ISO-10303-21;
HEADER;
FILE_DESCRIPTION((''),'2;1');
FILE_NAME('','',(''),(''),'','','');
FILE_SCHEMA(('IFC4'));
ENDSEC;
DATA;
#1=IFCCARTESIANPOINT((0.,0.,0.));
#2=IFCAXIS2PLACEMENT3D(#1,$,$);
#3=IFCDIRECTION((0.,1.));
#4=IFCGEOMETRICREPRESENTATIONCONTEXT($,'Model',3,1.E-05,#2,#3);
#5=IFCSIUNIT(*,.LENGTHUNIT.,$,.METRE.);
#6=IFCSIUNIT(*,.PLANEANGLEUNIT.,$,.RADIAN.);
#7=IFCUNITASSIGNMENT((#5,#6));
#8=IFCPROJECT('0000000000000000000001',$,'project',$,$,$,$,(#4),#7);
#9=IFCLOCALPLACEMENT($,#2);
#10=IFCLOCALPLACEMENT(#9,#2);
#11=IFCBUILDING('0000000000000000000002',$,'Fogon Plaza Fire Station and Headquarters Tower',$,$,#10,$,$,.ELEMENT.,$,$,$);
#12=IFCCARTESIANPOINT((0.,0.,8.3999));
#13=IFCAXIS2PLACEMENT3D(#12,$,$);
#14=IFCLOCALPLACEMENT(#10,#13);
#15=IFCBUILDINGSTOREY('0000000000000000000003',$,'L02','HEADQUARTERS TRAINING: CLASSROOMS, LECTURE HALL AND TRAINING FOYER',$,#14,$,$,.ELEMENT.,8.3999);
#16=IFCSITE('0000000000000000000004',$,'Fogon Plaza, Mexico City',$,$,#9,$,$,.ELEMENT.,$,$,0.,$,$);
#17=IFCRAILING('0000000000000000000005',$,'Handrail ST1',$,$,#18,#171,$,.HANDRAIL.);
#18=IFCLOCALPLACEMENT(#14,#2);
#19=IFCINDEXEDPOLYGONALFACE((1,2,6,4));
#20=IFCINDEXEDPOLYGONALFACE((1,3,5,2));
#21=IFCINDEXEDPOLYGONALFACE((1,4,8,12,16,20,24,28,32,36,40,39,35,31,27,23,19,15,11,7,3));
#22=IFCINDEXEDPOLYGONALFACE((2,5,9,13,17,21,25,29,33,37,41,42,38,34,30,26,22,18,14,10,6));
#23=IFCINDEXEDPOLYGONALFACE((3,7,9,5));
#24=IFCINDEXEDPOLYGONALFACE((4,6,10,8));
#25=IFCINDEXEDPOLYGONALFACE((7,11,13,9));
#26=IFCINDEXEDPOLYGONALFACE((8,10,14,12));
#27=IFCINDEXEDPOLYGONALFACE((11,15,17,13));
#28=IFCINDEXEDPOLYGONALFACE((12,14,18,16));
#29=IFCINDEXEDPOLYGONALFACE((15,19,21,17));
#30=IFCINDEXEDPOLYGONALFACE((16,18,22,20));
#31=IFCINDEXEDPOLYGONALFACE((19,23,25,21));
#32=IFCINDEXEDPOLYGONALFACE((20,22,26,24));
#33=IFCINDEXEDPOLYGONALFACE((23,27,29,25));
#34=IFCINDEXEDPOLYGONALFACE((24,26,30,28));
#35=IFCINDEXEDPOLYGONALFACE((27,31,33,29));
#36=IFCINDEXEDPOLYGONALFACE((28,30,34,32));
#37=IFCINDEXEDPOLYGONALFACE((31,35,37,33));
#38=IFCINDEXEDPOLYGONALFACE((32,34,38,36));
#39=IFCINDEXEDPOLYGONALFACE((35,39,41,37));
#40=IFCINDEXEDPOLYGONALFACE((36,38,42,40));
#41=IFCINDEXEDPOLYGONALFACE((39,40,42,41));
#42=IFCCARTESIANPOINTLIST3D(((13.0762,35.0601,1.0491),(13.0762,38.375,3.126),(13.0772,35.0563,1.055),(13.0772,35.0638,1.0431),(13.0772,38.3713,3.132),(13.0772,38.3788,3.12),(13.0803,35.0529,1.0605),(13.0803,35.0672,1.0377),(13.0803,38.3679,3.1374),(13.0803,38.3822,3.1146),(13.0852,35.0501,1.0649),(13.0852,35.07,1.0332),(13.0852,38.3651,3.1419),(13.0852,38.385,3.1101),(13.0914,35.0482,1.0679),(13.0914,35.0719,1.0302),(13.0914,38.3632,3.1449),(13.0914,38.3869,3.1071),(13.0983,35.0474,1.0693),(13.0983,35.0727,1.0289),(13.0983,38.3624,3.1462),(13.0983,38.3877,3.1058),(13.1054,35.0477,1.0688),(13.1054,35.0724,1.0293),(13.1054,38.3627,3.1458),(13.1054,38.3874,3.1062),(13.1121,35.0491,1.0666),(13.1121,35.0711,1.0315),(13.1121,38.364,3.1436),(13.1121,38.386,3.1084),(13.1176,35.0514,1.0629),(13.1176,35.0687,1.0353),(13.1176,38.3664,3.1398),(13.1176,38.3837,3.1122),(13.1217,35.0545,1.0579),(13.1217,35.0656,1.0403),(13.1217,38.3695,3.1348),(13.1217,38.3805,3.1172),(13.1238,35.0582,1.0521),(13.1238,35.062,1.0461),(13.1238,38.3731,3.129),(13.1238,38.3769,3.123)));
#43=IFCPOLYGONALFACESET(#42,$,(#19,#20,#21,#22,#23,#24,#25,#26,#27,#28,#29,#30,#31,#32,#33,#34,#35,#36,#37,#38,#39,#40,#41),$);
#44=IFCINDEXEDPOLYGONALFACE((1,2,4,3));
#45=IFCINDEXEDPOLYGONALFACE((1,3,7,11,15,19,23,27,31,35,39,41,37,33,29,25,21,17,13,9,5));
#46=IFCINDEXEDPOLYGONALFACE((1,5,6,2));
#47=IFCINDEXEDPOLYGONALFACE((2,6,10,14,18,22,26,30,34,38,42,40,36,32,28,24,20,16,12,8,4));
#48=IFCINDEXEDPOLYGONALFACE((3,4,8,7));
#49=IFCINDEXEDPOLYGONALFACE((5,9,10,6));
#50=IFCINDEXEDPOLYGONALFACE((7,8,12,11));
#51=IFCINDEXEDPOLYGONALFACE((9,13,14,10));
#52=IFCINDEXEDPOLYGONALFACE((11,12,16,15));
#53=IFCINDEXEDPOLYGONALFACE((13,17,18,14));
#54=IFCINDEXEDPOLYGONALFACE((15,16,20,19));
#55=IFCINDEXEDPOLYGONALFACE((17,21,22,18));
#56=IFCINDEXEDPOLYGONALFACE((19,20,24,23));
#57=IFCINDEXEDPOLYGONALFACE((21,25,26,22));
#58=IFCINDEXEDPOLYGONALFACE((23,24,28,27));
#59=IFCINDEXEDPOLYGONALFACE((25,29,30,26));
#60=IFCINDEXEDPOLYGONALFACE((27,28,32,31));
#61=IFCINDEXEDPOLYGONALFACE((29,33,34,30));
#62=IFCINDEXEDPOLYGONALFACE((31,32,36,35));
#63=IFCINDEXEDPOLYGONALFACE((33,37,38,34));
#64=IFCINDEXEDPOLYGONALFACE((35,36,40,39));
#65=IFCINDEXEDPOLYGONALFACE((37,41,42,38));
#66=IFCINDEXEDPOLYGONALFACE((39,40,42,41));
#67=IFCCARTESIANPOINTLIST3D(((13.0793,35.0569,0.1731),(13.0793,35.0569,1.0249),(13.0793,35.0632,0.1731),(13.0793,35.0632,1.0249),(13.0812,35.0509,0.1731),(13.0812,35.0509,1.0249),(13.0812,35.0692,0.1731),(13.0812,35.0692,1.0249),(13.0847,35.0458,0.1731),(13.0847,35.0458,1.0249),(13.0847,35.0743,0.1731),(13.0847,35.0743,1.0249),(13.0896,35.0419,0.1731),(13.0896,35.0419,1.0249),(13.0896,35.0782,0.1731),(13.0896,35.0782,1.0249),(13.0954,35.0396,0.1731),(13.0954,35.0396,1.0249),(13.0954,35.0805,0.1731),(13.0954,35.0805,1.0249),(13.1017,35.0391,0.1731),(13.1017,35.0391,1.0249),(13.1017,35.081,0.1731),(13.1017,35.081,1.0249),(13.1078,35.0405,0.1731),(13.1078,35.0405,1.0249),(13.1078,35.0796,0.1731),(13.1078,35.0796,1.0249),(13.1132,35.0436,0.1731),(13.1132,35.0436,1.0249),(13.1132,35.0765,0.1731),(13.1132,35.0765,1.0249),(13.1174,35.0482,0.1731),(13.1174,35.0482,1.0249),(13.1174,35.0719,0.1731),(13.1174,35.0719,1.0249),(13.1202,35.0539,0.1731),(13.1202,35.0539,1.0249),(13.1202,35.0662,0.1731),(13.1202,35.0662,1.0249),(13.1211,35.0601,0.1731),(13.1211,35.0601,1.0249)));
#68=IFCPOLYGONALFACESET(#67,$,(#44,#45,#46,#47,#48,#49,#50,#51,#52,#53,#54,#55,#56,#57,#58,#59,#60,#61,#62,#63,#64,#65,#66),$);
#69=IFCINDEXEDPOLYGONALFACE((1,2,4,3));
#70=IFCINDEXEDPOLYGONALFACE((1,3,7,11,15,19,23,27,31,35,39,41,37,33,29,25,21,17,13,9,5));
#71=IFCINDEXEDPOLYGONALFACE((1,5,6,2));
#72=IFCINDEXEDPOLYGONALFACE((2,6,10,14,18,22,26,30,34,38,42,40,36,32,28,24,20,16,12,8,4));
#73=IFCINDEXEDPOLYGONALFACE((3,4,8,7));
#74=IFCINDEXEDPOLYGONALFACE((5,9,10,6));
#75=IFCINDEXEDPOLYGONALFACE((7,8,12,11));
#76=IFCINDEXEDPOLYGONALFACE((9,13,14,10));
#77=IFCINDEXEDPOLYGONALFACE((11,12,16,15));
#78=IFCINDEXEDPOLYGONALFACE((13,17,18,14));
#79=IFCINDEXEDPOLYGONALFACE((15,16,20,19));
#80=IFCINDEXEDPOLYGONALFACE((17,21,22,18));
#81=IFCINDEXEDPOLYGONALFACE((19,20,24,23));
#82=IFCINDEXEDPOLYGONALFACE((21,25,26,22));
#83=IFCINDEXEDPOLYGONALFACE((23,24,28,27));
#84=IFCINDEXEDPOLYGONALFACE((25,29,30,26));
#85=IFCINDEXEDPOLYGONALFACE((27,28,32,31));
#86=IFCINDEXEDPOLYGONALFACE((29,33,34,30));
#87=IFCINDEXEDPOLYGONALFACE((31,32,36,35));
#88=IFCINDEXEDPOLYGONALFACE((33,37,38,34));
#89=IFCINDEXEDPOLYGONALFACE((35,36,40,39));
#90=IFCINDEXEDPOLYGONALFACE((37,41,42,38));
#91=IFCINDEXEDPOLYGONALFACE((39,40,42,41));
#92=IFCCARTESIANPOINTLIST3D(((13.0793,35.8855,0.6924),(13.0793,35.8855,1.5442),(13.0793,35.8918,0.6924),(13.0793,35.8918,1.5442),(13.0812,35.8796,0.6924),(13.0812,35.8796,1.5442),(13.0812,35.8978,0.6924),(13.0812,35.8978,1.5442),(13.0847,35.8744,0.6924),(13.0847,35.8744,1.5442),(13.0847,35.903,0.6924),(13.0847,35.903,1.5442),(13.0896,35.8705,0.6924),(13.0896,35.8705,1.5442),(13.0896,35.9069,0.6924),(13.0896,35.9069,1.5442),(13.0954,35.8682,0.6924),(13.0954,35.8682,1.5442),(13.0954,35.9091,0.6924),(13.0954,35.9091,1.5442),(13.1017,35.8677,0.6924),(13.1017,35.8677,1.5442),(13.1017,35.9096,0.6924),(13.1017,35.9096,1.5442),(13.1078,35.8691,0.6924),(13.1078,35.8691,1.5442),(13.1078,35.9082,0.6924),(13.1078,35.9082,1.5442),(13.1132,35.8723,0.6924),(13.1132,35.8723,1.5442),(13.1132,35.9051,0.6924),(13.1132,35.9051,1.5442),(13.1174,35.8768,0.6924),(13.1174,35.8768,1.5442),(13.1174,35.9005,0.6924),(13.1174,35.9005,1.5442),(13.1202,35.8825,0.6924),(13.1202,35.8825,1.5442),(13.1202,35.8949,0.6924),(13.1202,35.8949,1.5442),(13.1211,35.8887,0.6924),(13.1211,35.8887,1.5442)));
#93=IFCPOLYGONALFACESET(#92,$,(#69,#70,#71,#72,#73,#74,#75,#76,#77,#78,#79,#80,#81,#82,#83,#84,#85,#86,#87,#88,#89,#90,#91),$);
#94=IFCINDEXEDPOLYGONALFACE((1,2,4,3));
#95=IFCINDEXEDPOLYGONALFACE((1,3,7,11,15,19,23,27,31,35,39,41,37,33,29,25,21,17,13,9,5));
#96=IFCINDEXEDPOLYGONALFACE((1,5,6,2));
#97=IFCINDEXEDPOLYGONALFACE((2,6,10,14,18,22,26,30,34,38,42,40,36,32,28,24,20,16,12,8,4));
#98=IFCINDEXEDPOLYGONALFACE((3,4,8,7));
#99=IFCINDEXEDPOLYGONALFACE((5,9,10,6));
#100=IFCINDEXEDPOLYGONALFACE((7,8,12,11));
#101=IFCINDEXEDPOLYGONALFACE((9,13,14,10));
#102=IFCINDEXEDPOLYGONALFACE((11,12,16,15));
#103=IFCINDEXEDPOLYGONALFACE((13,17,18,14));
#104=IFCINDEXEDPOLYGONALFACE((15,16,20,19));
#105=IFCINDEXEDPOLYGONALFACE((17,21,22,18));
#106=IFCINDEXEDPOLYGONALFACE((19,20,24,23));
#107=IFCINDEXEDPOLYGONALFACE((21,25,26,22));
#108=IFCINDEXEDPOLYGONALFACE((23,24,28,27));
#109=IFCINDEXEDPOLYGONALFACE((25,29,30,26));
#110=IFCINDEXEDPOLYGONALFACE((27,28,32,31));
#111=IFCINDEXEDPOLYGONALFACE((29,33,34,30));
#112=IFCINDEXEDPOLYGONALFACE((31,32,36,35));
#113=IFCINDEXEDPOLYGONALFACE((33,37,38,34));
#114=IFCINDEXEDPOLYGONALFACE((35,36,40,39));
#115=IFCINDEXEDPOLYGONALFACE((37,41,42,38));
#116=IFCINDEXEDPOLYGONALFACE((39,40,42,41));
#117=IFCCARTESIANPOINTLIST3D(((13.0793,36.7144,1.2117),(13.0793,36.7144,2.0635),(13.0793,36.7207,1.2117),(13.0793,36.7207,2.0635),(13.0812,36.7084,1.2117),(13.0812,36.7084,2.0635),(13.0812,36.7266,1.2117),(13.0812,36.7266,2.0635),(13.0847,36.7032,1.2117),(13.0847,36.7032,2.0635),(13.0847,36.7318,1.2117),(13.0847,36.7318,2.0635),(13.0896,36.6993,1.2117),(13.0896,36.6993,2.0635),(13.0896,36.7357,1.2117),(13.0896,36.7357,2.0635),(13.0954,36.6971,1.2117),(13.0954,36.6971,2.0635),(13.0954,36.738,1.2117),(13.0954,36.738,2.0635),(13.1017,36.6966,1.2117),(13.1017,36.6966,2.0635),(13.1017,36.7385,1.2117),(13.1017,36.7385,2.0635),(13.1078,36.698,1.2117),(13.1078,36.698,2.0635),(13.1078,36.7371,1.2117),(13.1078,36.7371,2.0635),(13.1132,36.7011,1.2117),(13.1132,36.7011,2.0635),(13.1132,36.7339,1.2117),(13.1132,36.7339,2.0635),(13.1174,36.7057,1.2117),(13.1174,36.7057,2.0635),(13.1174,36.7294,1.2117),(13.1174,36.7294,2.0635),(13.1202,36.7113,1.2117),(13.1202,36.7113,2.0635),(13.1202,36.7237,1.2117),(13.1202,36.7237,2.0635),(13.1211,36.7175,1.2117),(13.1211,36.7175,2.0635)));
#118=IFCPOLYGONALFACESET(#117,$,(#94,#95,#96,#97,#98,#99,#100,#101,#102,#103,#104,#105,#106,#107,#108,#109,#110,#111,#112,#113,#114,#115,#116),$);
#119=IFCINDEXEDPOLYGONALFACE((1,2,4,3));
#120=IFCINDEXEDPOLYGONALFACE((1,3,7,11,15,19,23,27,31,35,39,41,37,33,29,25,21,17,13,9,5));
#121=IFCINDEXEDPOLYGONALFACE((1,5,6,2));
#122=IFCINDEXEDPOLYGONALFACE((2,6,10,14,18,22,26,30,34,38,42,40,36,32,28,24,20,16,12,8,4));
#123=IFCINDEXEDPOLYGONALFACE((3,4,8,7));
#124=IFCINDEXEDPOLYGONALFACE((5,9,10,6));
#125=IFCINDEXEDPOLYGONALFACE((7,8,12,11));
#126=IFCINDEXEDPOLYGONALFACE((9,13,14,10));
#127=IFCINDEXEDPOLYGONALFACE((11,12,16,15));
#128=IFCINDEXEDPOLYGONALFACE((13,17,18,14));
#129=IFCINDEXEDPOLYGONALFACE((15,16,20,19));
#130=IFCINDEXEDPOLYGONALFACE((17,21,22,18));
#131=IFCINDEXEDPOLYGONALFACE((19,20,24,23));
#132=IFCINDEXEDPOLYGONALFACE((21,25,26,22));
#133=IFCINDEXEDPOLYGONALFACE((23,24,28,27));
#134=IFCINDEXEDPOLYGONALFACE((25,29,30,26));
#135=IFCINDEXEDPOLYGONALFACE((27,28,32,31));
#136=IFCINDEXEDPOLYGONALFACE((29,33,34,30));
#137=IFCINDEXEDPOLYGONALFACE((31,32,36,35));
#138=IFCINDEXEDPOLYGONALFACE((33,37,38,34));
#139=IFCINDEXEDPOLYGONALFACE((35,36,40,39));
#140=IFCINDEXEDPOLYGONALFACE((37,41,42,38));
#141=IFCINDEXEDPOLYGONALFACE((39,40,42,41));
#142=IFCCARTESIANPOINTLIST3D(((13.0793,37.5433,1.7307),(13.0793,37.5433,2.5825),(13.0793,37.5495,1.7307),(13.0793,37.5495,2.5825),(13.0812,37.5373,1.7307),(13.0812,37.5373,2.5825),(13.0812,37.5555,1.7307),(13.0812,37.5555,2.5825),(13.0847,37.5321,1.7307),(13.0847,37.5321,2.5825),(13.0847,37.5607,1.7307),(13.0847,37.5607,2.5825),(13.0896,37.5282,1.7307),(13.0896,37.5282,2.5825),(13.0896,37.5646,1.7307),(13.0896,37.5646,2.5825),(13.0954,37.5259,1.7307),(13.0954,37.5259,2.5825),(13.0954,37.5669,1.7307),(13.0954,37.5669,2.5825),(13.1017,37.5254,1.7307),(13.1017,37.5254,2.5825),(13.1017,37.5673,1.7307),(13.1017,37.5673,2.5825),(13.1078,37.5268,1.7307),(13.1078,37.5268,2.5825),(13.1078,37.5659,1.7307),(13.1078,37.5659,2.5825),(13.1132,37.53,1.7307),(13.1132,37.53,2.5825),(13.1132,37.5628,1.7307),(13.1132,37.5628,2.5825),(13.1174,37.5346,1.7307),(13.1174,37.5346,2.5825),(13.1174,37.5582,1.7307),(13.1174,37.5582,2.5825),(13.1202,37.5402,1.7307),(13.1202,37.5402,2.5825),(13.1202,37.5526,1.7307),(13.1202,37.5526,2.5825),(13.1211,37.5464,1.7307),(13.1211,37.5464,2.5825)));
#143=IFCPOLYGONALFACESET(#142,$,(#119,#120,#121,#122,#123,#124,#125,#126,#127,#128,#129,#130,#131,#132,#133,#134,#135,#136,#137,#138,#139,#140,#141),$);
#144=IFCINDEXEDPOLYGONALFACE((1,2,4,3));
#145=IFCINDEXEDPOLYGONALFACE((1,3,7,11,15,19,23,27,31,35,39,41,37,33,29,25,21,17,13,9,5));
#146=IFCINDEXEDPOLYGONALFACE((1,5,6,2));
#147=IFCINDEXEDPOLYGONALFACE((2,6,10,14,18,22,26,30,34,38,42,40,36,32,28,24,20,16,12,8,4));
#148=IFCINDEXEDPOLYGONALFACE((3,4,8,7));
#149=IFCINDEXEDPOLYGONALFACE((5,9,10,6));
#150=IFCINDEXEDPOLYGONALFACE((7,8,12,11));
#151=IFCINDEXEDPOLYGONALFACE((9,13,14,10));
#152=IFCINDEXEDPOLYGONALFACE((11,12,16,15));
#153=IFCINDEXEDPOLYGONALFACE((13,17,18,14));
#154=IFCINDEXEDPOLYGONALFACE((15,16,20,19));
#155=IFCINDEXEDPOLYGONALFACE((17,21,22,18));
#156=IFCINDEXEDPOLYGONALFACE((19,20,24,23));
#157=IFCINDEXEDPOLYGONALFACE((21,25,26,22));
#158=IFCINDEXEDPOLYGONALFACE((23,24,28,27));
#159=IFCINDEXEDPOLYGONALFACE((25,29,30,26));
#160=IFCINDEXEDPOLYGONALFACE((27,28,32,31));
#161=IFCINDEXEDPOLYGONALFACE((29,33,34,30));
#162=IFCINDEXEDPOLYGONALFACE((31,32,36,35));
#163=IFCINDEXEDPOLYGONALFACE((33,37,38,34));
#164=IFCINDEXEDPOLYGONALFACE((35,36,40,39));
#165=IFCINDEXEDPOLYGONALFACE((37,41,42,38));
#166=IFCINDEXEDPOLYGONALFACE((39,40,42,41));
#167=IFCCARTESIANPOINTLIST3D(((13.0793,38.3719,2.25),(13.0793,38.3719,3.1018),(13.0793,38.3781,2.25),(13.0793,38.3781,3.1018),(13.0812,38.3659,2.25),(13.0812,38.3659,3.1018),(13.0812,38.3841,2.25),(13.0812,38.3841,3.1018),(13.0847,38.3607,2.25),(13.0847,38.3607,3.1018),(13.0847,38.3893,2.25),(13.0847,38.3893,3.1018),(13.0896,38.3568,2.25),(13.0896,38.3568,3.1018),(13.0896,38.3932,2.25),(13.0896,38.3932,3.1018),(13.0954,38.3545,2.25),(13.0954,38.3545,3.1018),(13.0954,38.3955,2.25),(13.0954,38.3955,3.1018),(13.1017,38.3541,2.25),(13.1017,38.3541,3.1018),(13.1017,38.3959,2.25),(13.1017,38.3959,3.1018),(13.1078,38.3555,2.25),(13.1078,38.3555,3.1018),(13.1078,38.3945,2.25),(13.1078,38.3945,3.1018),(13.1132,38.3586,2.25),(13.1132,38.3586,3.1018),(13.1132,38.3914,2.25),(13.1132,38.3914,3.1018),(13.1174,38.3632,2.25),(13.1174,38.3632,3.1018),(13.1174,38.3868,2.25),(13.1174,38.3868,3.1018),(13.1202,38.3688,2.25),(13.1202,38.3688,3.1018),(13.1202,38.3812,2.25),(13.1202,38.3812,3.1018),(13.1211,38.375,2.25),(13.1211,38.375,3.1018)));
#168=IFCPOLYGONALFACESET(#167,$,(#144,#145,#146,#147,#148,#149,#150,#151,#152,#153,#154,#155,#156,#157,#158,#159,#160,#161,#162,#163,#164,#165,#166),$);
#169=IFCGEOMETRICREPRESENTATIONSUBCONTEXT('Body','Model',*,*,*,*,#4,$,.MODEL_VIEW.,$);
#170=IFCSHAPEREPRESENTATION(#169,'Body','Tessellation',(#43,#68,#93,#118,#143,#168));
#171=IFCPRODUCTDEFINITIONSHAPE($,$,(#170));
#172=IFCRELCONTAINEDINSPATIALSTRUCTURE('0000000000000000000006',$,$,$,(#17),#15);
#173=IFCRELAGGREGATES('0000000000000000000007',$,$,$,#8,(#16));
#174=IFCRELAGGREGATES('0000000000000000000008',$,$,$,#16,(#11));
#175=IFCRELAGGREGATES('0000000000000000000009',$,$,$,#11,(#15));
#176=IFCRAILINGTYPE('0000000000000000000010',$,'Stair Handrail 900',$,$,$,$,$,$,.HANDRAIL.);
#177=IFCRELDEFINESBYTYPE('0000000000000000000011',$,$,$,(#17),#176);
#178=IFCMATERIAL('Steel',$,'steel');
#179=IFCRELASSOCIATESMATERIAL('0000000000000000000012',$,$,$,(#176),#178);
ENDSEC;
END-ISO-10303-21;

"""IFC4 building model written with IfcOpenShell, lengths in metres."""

from ifc_helpers import new_model, si_unit, direction, frame, origin, origin_2d, place, context, subcontext, project, spatial, circle, extrude, material, type_object, element, save


model = new_model("IFC4")

# Units and contexts
model_context = context("Model", 3, precision=1e-05, world=origin(), true_north=direction((0.0, 1.0)))
body_context = subcontext(model_context, "Body", "Model", "MODEL_VIEW")
ifc_project = project(units=[si_unit("LENGTHUNIT", "METRE"), si_unit("PLANEANGLEUNIT", "RADIAN")], contexts=[model_context])

# Site, building, storey
site_placement = place(None, origin())
site = spatial("IfcSite", under=ifc_project, at=site_placement, Name="Fogon Plaza, Mexico City", CompositionType="ELEMENT", RefElevation=0.0)
building_placement = place(site_placement, origin())
building = spatial("IfcBuilding", under=site, at=building_placement, Name="Fogon Plaza Fire Station and Headquarters Tower", CompositionType="ELEMENT")
storey_placement = place(building_placement, frame((0.0, 0.0, 8.3999)))
storey = spatial("IfcBuildingStorey", under=building, at=storey_placement, Name="L02", Description="HEADQUARTERS TRAINING: CLASSROOMS, LECTURE HALL AND TRAINING FOYER", CompositionType="ELEMENT", Elevation=8.3999)

# Railing
ifc_material_1 = material(Name="Steel", Category="steel")
railing_type = type_object("IfcRailingType", Name="Stair Handrail 900", PredefinedType="HANDRAIL", material=ifc_material_1)
for number, where, name in (
    (1, (13.1001, 35.0601, 0.1731), "Handrail ST1"),
):
    element("IfcRailing", number, at=place(storey_placement, frame(where)), inside=storey, type_object=railing_type, Name=name, PredefinedType="HANDRAIL", context=body_context, shape_type="SweptSolid", body=[
        extrude(circle(Radius=0.0239, at=origin_2d()), frame((0.0, 0.0, 0.876), z_axis=(0.0, 0.847416, 0.53093), x_axis=(-1.0, 0.0, 0.0)), (0.0, 0.0, 1.0), 3.9119),
        extrude(circle(Radius=0.021, at=origin_2d()), origin(), (0.0, 0.0, 1.0), 0.8518),
        extrude(circle(Radius=0.021, at=origin_2d()), frame((0.0, 0.8286, 0.5193)), (0.0, 0.0, 1.0), 0.8518),
        extrude(circle(Radius=0.021, at=origin_2d()), frame((0.0, 1.6575, 1.0386)), (0.0, 0.0, 1.0), 0.8518),
        extrude(circle(Radius=0.021, at=origin_2d()), frame((0.0, 2.4863, 1.5576)), (0.0, 0.0, 1.0), 0.8518),
        extrude(circle(Radius=0.021, at=origin_2d()), frame((0.0, 3.3149, 2.0769)), (0.0, 0.0, 1.0), 0.8518),
    ])

save(model, "model.ifc")
